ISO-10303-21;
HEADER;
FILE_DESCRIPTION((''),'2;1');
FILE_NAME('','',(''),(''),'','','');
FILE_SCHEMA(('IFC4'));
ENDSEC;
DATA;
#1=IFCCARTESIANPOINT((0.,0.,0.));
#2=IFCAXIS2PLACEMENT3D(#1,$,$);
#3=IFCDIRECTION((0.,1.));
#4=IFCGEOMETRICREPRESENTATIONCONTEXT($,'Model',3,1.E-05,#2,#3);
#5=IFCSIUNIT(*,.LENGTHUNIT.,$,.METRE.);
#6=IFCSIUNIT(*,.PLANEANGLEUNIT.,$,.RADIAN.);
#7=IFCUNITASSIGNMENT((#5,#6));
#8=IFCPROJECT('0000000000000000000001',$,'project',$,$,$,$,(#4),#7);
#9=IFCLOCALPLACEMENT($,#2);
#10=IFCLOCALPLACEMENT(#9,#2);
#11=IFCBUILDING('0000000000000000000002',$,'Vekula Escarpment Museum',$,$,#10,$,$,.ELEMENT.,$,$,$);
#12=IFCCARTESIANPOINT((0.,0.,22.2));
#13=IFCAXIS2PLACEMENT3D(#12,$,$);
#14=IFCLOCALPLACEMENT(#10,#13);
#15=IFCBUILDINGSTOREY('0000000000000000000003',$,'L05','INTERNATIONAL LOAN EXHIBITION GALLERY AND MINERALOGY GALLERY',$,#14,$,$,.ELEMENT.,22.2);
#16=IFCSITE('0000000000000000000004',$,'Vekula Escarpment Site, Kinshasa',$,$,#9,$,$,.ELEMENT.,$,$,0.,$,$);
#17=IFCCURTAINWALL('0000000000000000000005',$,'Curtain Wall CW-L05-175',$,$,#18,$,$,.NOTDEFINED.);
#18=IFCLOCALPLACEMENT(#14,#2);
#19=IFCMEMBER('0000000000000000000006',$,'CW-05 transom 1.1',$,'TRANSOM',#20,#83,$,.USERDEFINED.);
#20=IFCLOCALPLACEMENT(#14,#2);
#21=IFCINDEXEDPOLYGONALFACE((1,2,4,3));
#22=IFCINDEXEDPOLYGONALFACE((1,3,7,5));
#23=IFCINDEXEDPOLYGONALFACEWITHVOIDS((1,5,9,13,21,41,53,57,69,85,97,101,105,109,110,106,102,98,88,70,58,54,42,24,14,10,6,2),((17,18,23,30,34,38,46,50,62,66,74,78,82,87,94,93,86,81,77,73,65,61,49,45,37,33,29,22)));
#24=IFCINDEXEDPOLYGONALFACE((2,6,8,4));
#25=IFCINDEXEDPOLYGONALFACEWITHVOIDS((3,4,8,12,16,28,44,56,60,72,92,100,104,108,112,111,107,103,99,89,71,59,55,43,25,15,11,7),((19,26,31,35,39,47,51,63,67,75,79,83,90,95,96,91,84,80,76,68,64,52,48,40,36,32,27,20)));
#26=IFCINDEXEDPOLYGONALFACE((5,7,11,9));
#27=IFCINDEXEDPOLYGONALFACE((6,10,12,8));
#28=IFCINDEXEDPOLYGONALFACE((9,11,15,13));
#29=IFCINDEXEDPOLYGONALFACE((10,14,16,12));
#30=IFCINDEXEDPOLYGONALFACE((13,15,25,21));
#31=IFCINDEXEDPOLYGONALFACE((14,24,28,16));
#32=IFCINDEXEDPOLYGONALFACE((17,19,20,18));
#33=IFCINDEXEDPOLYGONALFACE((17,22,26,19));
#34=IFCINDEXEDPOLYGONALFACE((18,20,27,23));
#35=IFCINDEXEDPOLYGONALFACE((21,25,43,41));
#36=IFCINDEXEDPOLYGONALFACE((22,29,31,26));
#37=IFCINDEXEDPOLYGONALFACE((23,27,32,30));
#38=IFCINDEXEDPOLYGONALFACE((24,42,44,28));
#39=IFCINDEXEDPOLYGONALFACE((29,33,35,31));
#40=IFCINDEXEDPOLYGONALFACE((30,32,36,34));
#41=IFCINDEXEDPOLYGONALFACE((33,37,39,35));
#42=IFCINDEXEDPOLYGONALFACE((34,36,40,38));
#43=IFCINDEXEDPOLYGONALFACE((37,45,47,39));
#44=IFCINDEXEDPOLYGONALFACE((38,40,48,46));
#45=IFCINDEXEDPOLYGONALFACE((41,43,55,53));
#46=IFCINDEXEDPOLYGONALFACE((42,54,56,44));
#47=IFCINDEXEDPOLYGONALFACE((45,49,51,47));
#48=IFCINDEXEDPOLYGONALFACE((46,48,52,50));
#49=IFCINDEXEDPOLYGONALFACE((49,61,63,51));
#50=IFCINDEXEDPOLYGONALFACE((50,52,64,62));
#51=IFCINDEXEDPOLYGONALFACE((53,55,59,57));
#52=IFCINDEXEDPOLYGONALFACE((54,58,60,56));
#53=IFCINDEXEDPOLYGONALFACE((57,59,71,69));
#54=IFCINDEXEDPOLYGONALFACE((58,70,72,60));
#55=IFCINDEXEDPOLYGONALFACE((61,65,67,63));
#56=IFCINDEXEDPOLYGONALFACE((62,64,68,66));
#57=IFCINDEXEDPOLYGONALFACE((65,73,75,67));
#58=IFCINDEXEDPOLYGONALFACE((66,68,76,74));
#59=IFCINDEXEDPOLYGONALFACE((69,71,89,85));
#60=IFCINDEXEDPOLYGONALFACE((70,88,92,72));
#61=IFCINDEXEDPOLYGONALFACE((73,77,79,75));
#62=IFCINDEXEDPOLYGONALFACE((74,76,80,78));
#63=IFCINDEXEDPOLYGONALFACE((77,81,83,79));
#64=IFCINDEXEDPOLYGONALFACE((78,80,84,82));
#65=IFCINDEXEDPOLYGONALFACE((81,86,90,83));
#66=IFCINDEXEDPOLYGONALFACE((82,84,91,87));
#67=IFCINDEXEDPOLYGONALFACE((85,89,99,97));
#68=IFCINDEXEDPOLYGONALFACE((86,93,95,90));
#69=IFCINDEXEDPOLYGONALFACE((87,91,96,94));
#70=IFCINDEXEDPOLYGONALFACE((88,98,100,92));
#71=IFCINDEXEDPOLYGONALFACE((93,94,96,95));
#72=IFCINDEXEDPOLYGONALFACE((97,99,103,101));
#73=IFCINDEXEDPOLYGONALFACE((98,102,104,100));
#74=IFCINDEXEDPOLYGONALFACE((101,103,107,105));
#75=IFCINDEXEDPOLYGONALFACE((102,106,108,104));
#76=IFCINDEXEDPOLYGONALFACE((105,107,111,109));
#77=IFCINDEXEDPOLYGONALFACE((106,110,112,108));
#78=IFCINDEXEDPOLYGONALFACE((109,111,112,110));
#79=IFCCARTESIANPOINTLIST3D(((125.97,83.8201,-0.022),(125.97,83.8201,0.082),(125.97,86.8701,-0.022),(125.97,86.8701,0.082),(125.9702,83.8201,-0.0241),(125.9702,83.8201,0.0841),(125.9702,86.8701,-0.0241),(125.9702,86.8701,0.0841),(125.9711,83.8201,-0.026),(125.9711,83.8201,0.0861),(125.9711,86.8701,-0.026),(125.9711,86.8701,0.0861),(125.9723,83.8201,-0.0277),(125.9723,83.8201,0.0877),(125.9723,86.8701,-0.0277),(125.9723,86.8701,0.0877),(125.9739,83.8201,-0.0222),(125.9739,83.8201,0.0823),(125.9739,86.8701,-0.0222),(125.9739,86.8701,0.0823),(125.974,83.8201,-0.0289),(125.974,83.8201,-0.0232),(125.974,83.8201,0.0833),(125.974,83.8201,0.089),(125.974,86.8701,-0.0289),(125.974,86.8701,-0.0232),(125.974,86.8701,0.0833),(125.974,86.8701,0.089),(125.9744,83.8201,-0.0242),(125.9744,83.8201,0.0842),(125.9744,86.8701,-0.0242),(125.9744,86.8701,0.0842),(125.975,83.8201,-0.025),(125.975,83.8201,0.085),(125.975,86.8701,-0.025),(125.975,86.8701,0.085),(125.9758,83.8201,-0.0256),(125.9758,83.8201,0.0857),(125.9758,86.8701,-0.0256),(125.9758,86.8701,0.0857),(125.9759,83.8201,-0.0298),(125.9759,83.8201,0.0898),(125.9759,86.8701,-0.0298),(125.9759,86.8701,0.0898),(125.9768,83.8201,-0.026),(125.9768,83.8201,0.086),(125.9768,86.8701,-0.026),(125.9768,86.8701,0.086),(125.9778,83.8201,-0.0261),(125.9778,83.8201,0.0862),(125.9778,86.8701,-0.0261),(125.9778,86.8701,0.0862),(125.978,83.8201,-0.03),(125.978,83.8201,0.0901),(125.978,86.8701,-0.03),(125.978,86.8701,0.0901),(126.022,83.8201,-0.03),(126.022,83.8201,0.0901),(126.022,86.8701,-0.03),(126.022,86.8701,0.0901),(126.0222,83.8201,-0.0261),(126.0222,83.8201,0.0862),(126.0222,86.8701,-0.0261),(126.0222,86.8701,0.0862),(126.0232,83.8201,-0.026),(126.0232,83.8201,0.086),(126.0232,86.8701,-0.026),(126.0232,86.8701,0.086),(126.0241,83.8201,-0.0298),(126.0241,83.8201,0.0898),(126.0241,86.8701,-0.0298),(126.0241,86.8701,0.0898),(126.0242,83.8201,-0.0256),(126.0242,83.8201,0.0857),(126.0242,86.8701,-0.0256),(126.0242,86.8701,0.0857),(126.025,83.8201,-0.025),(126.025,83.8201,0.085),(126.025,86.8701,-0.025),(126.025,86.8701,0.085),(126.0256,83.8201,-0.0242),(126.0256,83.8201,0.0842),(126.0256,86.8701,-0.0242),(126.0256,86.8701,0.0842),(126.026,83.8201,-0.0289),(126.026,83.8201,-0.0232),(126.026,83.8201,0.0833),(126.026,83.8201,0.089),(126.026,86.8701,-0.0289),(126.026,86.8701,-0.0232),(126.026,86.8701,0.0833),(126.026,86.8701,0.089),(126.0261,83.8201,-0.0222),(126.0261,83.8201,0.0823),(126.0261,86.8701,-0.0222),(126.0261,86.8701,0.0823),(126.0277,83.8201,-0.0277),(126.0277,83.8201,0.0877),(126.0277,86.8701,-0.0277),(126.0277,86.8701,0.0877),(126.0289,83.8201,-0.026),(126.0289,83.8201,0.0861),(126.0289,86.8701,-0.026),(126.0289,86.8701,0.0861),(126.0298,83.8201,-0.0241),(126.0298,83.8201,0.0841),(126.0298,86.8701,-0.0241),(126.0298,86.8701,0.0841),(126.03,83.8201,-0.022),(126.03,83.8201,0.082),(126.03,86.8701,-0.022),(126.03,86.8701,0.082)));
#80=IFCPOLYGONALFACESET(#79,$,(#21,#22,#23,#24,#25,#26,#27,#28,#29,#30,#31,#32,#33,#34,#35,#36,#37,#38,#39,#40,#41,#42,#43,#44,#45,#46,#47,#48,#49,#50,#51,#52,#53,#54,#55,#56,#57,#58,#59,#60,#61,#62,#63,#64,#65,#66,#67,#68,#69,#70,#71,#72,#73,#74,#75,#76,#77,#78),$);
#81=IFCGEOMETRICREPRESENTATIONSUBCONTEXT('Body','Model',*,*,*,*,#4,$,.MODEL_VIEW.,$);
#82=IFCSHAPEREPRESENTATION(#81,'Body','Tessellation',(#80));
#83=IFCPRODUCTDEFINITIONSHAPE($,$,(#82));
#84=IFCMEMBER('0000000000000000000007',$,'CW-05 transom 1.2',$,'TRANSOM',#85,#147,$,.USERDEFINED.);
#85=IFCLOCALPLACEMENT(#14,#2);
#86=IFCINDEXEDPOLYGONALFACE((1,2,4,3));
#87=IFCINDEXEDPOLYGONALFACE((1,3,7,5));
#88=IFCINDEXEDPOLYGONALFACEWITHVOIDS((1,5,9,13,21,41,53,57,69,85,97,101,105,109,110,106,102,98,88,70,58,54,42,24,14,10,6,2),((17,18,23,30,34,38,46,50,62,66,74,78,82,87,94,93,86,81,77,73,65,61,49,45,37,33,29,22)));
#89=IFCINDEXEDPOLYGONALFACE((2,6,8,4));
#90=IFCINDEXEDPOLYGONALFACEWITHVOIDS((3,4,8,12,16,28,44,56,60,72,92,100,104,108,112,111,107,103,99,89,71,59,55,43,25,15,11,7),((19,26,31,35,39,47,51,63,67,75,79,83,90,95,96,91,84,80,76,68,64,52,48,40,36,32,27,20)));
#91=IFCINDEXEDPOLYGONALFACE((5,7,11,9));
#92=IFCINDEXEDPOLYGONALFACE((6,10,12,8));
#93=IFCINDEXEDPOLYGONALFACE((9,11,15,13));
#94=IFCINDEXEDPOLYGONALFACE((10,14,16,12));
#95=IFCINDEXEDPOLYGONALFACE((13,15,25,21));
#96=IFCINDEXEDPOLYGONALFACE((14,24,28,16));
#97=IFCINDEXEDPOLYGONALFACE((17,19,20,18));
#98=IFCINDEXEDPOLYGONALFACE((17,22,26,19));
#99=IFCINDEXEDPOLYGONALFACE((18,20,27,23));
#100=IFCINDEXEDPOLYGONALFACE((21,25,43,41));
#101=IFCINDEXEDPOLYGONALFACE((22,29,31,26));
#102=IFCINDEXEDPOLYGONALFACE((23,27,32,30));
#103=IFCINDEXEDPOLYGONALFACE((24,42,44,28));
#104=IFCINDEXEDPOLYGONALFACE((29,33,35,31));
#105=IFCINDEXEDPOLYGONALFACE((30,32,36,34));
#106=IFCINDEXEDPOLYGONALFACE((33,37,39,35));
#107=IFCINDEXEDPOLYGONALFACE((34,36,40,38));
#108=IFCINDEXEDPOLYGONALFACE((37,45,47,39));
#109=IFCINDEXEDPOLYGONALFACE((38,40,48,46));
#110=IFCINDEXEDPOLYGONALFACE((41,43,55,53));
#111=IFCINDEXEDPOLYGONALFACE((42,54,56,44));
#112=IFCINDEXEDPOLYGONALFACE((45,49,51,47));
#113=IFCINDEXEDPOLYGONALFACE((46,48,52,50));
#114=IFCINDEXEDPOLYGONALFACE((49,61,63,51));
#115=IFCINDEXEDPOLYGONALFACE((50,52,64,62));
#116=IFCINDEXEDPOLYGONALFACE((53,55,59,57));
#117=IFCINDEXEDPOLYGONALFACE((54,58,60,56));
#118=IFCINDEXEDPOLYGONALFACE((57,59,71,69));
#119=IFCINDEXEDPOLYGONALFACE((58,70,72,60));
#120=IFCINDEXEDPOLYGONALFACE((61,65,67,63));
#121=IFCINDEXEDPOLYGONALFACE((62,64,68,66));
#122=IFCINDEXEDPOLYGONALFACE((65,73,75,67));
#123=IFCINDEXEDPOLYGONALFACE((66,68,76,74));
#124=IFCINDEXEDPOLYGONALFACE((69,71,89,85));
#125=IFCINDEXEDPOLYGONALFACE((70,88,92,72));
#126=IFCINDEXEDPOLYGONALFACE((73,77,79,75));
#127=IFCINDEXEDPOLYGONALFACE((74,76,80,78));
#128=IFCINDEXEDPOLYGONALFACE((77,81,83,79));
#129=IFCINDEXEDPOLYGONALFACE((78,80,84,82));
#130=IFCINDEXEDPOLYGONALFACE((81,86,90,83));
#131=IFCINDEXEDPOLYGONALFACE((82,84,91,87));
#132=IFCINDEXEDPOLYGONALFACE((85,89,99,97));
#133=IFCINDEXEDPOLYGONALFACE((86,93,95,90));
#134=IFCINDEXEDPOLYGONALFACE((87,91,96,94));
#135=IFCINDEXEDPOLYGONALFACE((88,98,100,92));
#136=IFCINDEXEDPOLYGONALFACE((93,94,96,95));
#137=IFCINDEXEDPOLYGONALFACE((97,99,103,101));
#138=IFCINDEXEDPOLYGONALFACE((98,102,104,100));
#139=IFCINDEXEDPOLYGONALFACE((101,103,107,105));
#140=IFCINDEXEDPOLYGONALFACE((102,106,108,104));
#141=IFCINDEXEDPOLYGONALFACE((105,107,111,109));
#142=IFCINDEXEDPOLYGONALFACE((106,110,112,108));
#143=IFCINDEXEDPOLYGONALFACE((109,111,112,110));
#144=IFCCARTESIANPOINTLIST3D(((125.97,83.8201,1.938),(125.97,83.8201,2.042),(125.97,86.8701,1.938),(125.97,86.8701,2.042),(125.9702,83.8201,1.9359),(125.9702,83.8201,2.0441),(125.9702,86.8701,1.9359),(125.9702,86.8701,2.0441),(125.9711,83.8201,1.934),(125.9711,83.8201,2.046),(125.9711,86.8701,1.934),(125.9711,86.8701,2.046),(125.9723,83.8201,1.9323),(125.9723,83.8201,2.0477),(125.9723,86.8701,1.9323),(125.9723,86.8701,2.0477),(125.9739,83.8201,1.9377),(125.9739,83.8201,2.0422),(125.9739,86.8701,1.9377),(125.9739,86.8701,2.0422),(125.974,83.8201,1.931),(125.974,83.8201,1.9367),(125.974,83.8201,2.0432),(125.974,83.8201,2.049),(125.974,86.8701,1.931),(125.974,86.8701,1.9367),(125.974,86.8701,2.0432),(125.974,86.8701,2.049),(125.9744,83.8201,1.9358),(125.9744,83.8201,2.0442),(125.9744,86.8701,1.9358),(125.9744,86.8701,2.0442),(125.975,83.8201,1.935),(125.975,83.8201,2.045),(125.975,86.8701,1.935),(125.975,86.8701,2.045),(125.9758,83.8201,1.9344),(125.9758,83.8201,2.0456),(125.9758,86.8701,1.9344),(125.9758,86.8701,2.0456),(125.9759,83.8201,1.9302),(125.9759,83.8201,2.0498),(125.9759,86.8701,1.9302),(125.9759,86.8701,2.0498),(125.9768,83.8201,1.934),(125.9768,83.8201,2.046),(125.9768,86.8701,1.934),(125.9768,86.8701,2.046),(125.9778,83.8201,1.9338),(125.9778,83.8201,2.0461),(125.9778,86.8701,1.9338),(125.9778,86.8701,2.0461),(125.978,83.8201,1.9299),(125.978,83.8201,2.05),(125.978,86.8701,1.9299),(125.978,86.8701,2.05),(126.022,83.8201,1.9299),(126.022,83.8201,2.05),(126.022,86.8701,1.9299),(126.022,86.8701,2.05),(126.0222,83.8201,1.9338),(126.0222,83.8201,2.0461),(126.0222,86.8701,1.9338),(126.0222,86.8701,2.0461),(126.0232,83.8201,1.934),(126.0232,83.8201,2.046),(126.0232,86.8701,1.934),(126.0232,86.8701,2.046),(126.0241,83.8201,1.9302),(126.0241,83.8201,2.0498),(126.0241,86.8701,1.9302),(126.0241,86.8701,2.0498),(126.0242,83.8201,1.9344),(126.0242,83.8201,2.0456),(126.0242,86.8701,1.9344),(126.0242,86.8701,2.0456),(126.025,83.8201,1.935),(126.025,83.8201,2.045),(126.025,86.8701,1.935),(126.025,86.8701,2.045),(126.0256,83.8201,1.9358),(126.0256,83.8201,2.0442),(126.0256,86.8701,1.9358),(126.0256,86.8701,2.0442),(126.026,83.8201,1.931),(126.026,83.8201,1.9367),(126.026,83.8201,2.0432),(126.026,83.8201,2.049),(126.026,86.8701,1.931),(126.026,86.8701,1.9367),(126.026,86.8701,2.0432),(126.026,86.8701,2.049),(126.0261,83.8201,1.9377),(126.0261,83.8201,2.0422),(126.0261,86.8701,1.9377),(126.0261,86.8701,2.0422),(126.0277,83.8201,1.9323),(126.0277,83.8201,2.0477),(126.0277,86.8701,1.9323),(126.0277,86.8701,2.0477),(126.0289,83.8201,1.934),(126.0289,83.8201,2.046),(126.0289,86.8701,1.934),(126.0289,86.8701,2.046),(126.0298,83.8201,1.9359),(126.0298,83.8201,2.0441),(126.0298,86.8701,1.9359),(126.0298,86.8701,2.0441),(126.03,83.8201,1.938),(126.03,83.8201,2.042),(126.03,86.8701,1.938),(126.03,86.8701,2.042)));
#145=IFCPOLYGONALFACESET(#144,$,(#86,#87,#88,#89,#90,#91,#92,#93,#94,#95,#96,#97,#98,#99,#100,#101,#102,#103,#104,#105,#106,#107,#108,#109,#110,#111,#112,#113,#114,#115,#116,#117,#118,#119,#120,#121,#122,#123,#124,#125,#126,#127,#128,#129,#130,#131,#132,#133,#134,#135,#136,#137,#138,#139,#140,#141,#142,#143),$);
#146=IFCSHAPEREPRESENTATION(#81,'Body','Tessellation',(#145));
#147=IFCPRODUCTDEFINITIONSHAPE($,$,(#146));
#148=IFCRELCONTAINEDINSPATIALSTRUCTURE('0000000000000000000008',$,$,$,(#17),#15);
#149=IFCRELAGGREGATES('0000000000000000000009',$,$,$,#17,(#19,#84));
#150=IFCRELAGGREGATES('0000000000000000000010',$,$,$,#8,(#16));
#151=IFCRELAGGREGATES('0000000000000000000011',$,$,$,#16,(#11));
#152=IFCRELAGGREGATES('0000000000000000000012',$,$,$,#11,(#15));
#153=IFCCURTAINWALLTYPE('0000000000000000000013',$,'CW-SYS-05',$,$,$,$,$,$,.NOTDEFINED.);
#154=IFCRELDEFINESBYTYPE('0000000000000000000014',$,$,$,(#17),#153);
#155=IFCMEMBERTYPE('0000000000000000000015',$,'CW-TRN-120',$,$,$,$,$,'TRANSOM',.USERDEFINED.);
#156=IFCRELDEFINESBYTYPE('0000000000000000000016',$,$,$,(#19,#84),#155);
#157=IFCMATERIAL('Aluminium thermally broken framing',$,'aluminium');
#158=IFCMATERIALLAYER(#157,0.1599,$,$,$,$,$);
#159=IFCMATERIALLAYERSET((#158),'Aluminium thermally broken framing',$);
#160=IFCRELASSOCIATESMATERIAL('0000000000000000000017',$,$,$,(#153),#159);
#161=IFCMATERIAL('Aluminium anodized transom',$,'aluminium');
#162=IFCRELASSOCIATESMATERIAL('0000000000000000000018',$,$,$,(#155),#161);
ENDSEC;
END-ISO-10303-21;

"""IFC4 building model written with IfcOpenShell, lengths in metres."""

from ifc_helpers import new_model, si_unit, direction, frame, origin, origin_2d, place, context, subcontext, project, spatial, hollow_rectangle, extrude, material, layer, layer_set, material_profile, profile_set, type_object, element, aggregate, save


model = new_model("IFC4")

# Units and contexts
model_context = context("Model", 3, precision=1e-05, world=origin(), true_north=direction((0.0, 1.0)))
body_context = subcontext(model_context, "Body", "Model", "MODEL_VIEW")
ifc_project = project(units=[si_unit("LENGTHUNIT", "METRE"), si_unit("PLANEANGLEUNIT", "RADIAN")], contexts=[model_context])

# Site, building, storey
site_placement = place(None, origin())
site = spatial("IfcSite", under=ifc_project, at=site_placement, Name="Vekula Escarpment Site, Kinshasa", CompositionType="ELEMENT", RefElevation=0.0)
building_placement = place(site_placement, origin())
building = spatial("IfcBuilding", under=site, at=building_placement, Name="Vekula Escarpment Museum", CompositionType="ELEMENT")
storey_placement = place(building_placement, frame((0.0, 0.0, 22.2)))
storey = spatial("IfcBuildingStorey", under=building, at=storey_placement, Name="L05", Description="INTERNATIONAL LOAN EXHIBITION GALLERY AND MINERALOGY GALLERY", CompositionType="ELEMENT", Elevation=22.2)

# Curtain wall, members
ifc_material_1 = material(Name="Aluminium thermally broken framing", Category="aluminium")
ifc_layer_1 = layer(ifc_material_1, 0.1599)
ifc_layer_set_1 = layer_set([ifc_layer_1], Name="Aluminium thermally broken framing")
curtain_wall_type_1 = type_object("IfcCurtainWallType", Name="CW-SYS-05", PredefinedType="NOTDEFINED", material=ifc_layer_set_1)
curtain_wall_1_placement = place(storey_placement, origin())
curtain_wall_1 = element("IfcCurtainWall", 1, at=curtain_wall_1_placement, inside=storey, type_object=curtain_wall_type_1, Name="Curtain Wall CW-L05-175", PredefinedType="NOTDEFINED")
ifc_material_2 = material(Name="Aluminium anodized transom", Category="aluminium")
ifc_material_profile_1 = material_profile(ifc_material_2, hollow_rectangle(XDim=0.0601, YDim=0.1201, WallThickness=0.0039, InnerFilletRadius=0.0039, OuterFilletRadius=0.0081, at=origin_2d()), Name="ALU 120x60x4")
ifc_profile_set_1 = profile_set([ifc_material_profile_1], Name="Aluminium anodized transom")
member_type_1 = type_object("IfcMemberType", Name="CW-TRN-120", ElementType="TRANSOM", PredefinedType="USERDEFINED", material=ifc_profile_set_1)
member_1_placement = place(storey_placement, frame((126.0, 83.8201, 0.03), z_axis=(0.0, 1.0, 0.0), x_axis=(-1.0, 0.0, 0.0)))
member_1 = element("IfcMember", 2, at=member_1_placement, type_object=member_type_1, Name="CW-05 transom 1.1", ObjectType="TRANSOM", PredefinedType="USERDEFINED", context=body_context, shape_type="SweptSolid", body=[
    extrude(hollow_rectangle(XDim=0.0601, YDim=0.1201, WallThickness=0.0039, InnerFilletRadius=0.0039, OuterFilletRadius=0.0081, at=origin_2d()), origin(), (0.0, 0.0, 1.0), 3.05),
])
member_2_placement = place(storey_placement, frame((126.0, 83.8201, 1.99), z_axis=(0.0, 1.0, 0.0), x_axis=(-1.0, 0.0, 0.0)))
member_2 = element("IfcMember", 3, at=member_2_placement, type_object=member_type_1, Name="CW-05 transom 1.2", ObjectType="TRANSOM", PredefinedType="USERDEFINED", context=body_context, shape_type="SweptSolid", body=[
    extrude(hollow_rectangle(XDim=0.0601, YDim=0.1201, WallThickness=0.0039, InnerFilletRadius=0.0039, OuterFilletRadius=0.0081, at=origin_2d()), origin(), (0.0, 0.0, 1.0), 3.05),
])

aggregate(curtain_wall_1, [member_1, member_2])

save(model, "model.ifc")
